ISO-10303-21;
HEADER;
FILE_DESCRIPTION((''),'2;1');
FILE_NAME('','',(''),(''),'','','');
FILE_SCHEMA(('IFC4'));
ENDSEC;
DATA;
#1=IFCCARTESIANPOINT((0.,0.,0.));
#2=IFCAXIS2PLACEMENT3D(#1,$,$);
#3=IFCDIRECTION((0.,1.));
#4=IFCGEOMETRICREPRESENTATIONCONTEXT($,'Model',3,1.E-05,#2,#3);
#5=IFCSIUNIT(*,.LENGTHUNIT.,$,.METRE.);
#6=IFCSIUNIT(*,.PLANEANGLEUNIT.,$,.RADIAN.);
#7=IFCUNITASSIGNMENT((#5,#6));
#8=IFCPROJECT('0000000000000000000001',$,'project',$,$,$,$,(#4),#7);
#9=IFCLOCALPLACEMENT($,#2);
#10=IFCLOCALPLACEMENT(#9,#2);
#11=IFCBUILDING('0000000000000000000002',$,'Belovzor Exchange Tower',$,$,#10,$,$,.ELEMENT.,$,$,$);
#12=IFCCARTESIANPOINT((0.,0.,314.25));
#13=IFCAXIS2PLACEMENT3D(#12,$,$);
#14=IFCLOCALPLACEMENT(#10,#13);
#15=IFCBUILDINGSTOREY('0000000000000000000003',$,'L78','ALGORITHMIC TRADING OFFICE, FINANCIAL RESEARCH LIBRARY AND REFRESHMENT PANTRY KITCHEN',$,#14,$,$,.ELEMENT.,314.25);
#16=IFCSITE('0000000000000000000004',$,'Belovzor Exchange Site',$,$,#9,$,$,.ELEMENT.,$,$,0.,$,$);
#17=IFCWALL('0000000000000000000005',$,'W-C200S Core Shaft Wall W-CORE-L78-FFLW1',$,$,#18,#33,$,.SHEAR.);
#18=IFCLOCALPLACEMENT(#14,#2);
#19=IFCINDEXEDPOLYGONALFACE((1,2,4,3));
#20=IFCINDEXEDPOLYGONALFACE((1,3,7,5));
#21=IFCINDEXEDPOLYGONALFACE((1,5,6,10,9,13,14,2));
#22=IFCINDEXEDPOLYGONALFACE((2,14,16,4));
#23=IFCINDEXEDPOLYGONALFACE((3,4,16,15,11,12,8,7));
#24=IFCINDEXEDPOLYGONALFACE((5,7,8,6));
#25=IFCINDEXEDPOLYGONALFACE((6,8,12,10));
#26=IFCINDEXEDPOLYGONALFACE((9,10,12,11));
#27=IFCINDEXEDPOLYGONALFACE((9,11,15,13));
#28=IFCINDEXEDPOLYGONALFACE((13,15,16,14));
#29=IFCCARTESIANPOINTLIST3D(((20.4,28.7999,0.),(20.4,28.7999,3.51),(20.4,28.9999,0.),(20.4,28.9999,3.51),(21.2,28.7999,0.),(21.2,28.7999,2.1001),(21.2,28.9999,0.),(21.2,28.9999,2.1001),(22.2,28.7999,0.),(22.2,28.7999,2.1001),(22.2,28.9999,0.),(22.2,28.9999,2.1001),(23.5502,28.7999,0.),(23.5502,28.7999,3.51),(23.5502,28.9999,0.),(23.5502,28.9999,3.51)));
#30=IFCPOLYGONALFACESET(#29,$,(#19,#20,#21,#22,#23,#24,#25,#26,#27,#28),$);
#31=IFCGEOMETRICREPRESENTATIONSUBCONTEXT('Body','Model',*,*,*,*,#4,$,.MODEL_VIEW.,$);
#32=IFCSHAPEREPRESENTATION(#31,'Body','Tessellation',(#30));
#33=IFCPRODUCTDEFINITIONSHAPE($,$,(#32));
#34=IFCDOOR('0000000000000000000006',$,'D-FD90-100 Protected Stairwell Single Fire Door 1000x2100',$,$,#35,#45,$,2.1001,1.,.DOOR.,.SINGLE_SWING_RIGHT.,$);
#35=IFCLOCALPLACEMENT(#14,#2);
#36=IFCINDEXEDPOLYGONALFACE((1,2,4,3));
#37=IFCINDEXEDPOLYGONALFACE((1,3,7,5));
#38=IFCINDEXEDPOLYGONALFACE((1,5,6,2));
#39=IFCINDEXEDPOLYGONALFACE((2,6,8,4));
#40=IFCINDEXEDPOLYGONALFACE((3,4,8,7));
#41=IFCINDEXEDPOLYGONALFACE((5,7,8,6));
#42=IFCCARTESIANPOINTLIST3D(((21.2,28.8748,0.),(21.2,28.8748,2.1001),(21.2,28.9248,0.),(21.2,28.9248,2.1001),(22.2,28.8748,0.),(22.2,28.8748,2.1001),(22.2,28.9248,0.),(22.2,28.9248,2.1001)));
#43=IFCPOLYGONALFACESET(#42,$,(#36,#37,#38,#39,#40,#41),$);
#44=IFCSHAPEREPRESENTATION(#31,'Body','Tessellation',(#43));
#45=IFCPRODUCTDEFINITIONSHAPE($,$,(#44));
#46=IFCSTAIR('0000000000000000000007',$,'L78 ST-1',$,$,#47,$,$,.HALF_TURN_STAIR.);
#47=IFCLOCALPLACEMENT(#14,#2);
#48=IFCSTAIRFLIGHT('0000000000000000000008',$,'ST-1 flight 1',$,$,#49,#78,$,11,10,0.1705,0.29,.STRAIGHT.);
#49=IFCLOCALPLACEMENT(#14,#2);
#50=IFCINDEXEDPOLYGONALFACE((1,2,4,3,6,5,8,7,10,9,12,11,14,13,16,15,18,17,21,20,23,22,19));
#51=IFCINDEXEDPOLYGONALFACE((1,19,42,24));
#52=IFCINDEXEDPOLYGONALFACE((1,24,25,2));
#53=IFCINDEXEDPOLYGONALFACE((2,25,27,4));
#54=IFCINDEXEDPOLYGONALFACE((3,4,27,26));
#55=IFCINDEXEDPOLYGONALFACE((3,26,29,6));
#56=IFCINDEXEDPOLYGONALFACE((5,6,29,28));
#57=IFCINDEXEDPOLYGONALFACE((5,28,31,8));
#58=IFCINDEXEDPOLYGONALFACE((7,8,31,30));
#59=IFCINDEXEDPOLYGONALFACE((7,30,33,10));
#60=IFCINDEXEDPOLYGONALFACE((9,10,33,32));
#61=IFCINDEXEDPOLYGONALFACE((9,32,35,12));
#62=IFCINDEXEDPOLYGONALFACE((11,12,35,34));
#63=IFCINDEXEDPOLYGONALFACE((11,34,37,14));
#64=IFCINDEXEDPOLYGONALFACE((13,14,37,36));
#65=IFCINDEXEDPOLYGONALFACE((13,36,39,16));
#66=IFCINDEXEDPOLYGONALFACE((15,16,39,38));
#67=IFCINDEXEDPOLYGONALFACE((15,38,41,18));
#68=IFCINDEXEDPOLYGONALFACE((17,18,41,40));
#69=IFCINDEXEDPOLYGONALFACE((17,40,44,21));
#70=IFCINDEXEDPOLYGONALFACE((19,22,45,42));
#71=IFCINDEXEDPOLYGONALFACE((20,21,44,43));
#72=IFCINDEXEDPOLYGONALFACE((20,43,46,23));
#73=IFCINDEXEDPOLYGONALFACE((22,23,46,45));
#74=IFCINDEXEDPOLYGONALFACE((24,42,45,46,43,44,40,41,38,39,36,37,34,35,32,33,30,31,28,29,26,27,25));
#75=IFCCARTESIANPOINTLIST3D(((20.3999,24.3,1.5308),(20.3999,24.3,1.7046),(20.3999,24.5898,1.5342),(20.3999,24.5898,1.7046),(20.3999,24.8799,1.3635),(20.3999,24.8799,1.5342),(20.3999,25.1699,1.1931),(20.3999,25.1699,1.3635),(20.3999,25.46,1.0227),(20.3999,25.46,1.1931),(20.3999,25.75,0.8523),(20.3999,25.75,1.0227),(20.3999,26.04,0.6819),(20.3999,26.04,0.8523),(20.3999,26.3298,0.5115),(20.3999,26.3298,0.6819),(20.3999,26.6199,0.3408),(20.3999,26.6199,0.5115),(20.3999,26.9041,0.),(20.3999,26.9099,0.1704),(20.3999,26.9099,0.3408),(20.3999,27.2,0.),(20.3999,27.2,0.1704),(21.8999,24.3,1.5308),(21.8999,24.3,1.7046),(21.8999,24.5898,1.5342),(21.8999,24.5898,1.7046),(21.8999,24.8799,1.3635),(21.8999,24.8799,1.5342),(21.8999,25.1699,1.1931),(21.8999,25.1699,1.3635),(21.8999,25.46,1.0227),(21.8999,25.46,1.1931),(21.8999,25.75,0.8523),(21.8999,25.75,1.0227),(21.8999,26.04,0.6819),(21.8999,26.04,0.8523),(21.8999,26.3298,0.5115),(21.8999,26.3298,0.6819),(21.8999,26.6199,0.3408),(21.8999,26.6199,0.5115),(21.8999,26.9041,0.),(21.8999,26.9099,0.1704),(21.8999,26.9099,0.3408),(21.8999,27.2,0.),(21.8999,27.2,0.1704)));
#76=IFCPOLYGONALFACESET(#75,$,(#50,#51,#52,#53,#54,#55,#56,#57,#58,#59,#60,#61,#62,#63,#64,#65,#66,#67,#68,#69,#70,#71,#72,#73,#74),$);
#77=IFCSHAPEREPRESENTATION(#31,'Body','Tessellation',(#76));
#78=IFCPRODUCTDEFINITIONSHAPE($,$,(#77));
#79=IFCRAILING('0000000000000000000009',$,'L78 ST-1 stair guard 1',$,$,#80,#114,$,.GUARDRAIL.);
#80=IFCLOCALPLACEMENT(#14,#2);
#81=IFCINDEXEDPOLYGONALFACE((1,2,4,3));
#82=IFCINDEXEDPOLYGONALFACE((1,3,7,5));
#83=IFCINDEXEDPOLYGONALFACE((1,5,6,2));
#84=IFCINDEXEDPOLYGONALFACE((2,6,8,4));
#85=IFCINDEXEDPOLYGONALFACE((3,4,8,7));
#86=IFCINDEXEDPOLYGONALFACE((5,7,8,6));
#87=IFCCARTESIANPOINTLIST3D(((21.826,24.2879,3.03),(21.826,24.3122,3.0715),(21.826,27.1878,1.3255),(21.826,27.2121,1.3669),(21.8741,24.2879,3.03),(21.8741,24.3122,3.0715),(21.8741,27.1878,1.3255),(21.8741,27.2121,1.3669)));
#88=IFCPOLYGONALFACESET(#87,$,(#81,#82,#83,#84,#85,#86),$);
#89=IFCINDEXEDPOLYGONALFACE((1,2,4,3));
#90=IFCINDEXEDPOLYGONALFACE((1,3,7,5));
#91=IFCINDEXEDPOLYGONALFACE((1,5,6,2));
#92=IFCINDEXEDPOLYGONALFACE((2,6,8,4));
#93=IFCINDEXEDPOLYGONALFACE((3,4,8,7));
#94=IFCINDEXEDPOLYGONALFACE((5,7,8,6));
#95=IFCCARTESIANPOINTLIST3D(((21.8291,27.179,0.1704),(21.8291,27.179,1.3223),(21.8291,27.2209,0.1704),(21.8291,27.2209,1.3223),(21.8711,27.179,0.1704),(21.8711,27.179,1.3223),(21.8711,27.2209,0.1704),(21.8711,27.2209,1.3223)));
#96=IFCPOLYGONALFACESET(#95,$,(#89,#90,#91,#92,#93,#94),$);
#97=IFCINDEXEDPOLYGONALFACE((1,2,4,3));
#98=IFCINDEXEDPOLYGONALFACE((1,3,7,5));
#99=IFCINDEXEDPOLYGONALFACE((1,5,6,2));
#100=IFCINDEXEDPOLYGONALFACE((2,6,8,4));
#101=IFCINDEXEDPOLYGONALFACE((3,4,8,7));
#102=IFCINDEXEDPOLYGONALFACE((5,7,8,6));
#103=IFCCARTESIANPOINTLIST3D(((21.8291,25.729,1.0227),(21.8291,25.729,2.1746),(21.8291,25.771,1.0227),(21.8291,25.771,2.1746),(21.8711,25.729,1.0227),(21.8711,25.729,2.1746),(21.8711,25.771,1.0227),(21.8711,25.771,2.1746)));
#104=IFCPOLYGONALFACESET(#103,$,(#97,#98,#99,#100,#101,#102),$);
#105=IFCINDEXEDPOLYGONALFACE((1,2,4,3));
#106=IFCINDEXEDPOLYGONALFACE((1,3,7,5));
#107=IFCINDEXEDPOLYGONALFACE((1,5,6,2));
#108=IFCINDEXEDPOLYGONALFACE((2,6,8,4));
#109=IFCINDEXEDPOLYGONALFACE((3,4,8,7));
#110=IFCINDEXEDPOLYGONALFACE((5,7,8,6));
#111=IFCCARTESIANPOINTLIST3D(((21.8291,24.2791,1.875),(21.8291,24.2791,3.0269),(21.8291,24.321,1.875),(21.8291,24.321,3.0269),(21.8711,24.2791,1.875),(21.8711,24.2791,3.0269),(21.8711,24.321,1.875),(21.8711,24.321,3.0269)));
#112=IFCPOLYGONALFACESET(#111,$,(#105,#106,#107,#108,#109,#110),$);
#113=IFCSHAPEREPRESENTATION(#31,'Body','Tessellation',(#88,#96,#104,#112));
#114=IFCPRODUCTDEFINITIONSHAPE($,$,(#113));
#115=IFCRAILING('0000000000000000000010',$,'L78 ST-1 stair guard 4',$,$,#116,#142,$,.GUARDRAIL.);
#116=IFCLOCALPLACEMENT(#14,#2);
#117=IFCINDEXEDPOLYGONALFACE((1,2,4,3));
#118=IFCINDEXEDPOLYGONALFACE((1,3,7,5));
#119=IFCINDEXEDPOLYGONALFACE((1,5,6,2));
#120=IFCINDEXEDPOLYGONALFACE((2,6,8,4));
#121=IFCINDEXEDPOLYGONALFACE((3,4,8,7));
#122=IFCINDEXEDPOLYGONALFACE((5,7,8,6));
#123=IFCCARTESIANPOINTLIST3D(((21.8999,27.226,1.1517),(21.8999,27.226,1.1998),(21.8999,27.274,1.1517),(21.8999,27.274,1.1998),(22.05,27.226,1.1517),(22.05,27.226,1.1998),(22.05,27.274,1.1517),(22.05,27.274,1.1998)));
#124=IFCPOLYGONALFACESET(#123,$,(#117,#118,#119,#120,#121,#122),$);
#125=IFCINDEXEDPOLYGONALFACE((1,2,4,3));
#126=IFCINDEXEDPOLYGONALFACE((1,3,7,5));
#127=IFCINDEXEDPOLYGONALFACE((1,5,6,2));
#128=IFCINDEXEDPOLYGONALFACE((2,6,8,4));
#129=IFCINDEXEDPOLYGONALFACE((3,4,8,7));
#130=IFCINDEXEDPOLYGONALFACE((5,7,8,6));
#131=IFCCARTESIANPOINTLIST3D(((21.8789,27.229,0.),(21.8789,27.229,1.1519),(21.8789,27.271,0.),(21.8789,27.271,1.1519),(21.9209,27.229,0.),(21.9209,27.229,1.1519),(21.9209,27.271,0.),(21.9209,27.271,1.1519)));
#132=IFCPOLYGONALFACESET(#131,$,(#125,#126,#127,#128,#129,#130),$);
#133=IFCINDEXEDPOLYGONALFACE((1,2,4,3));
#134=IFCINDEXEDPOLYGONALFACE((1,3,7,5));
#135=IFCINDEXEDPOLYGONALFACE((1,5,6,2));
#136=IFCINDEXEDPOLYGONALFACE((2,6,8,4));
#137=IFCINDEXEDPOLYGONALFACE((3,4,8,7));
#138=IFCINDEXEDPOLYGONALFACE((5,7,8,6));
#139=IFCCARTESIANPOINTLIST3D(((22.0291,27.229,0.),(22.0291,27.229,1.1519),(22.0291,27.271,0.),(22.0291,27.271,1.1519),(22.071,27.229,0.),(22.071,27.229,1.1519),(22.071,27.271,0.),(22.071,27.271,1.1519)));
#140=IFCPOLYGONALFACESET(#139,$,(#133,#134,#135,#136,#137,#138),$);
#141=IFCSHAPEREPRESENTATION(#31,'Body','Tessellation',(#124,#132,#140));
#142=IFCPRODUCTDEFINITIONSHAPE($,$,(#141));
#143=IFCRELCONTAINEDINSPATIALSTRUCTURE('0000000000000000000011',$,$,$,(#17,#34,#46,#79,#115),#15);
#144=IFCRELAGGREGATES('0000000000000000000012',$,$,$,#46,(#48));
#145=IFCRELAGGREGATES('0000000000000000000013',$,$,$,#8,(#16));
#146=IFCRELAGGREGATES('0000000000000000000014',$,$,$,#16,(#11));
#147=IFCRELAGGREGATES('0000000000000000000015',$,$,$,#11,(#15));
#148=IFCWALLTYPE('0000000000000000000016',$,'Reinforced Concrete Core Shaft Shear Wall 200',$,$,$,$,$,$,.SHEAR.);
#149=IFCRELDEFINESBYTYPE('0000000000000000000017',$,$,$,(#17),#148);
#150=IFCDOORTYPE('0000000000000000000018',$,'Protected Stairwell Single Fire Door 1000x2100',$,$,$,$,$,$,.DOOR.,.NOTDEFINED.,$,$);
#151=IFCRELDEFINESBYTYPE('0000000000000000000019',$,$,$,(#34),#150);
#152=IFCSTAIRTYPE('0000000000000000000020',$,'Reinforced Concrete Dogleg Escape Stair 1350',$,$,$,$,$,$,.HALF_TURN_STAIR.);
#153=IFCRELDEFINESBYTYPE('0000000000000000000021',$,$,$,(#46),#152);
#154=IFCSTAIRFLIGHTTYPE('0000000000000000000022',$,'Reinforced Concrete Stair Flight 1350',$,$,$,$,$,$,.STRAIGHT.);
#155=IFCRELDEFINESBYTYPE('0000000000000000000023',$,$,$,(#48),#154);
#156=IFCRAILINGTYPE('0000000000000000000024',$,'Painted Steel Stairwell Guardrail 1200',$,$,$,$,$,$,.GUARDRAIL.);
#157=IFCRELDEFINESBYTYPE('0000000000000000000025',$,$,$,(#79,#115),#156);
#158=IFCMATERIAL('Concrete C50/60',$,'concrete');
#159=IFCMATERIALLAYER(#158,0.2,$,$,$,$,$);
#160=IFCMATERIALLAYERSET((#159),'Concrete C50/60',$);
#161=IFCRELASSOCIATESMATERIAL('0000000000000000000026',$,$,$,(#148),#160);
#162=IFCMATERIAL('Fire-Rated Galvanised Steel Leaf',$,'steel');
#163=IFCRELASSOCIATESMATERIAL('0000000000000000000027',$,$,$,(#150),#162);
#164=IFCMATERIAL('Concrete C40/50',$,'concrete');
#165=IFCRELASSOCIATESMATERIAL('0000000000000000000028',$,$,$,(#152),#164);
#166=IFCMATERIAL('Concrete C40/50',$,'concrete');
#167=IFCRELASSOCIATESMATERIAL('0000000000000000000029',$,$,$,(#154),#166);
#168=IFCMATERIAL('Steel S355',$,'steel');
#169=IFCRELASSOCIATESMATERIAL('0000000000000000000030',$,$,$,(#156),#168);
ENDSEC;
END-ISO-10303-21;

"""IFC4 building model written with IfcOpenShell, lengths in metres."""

from ifc_helpers import new_model, si_unit, direction, frame, frame_2d, origin, origin_2d, place, context, subcontext, project, spatial, polyline, rectangle, outline, extrude, material, layer, layer_set, type_object, element, fill, aggregate, save


model = new_model("IFC4")

# Units and contexts
model_context = context("Model", 3, precision=1e-05, world=origin(), true_north=direction((0.0, 1.0)))
body_context = subcontext(model_context, "Body", "Model", "MODEL_VIEW")
ifc_project = project(units=[si_unit("LENGTHUNIT", "METRE"), si_unit("PLANEANGLEUNIT", "RADIAN")], contexts=[model_context])

# Site, building, storey
site_placement = place(None, origin())
site = spatial("IfcSite", under=ifc_project, at=site_placement, Name="Belovzor Exchange Site", CompositionType="ELEMENT", RefElevation=0.0)
building_placement = place(site_placement, origin())
building = spatial("IfcBuilding", under=site, at=building_placement, Name="Belovzor Exchange Tower", CompositionType="ELEMENT")
storey_placement = place(building_placement, frame((0.0, 0.0, 314.25)))
storey = spatial("IfcBuildingStorey", under=building, at=storey_placement, Name="L78", Description="ALGORITHMIC TRADING OFFICE, FINANCIAL RESEARCH LIBRARY AND REFRESHMENT PANTRY KITCHEN", CompositionType="ELEMENT", Elevation=314.25)

# Wall, opening, door
ifc_material_1 = material(Name="Concrete C50/60", Category="concrete")
ifc_layer_1 = layer(ifc_material_1, 0.2)
ifc_layer_set_1 = layer_set([ifc_layer_1], Name="Concrete C50/60")
wall_type_1 = type_object("IfcWallType", Name="Reinforced Concrete Core Shaft Shear Wall 200", PredefinedType="SHEAR", material=ifc_layer_set_1)
wall_1_placement = place(storey_placement, frame((20.3999, 28.8999, 0.0), z_axis=(0.0, 0.0, 1.0), x_axis=(1.0, 0.0, 0.0)))
wall_1 = element("IfcWall", 1, at=wall_1_placement, inside=storey, type_object=wall_type_1, Name="W-C200S Core Shaft Wall W-CORE-L78-FFLW1", PredefinedType="SHEAR", context=body_context, shape_type="SweptSolid", body=[
    extrude(rectangle(XDim=3.1501, YDim=0.2, at=frame_2d((1.5752, 0.0))), origin(), (0.0, 0.0, 1.0), 3.51),
])
opening_1_placement = place(wall_1_placement, frame((0.8, 0.0, 0.0)))
opening_1 = element("IfcOpeningElement", 2, at=opening_1_placement, cuts=wall_1, PredefinedType="OPENING", context=body_context, shape_type="SweptSolid", body=[
    extrude(rectangle(XDim=1.0, YDim=2.1001, at=frame_2d((0.5, 1.05))), frame((0.0, 0.1099, 0.0), z_axis=(0.0, -1.0, 0.0), x_axis=(1.0, 0.0, 0.0)), (0.0, 0.0, 1.0), 0.22),
])
ifc_material_2 = material(Name="Fire-Rated Galvanised Steel Leaf", Category="steel")
door_type_1 = type_object("IfcDoorType", Name="Protected Stairwell Single Fire Door 1000x2100", OperationType="NOTDEFINED", PredefinedType="DOOR", material=ifc_material_2)
door_1_placement = place(opening_1_placement, origin())
door_1 = element("IfcDoor", 3, at=door_1_placement, inside=storey, type_object=door_type_1, Name="D-FD90-100 Protected Stairwell Single Fire Door 1000x2100", OperationType="SINGLE_SWING_RIGHT", OverallHeight=2.1001, OverallWidth=1.0, PredefinedType="DOOR", context=body_context, shape_type="SweptSolid", body=[
    extrude(rectangle(XDim=1.0, YDim=2.1001, at=frame_2d((0.5, 1.05))), frame((0.0, 0.0249, 0.0), z_axis=(0.0, -1.0, 0.0), x_axis=(1.0, 0.0, 0.0)), (0.0, 0.0, 1.0), 0.05),
])
fill(opening_1, door_1)

# Stair, stair flight
ifc_material_3 = material(Name="Concrete C40/50", Category="concrete")
stair_type = type_object("IfcStairType", Name="Reinforced Concrete Dogleg Escape Stair 1350", PredefinedType="HALF_TURN_STAIR", material=ifc_material_3)
stair_placement = place(storey_placement, origin())
stair = element("IfcStair", 4, at=stair_placement, inside=storey, type_object=stair_type, Name="L78 ST-1", PredefinedType="HALF_TURN_STAIR")
ifc_material_4 = material(Name="Concrete C40/50", Category="concrete")
stair_flight_type = type_object("IfcStairFlightType", Name="Reinforced Concrete Stair Flight 1350", PredefinedType="STRAIGHT", material=ifc_material_4)
stair_flight_placement = place(storey_placement, frame((21.1499, 27.2, 0.0), z_axis=(0.0, 0.0, 1.0), x_axis=(0.0, -1.0, 0.0)))
stair_flight = element("IfcStairFlight", 5, at=stair_flight_placement, type_object=stair_flight_type, Name="ST-1 flight 1", NumberOfRisers=11, NumberOfTreads=10, PredefinedType="STRAIGHT", RiserHeight=0.1705, TreadLength=0.29, context=body_context, shape_type="SweptSolid", body=[
    extrude(outline(polyline([(0.0, 0.0), (0.0, 0.1704), (0.29, 0.1704), (0.29, 0.3408), (0.5801, 0.3408), (0.5801, 0.5115), (0.8701, 0.5115), (0.8701, 0.6819), (1.1599, 0.6819), (1.1599, 0.8523), (1.45, 0.8523), (1.45, 1.0227), (1.74, 1.0227), (1.74, 1.1931), (2.03, 1.1931), (2.03, 1.3635), (2.3201, 1.3635), (2.3201, 1.5342), (2.6101, 1.5342), (2.6101, 1.7046), (2.8999, 1.7046), (2.8999, 1.875), (2.8999, 1.5308), (0.2959, 0.0), (0.0, 0.0)])), frame((0.0, 0.75, 0.0), z_axis=(0.0, -1.0, 0.0), x_axis=(1.0, 0.0, 0.0)), (0.0, 0.0, 1.0), 1.5),
])
aggregate(stair, [stair_flight])

# Railings
ifc_material_5 = material(Name="Steel S355", Category="steel")
railing_type = type_object("IfcRailingType", Name="Painted Steel Stairwell Guardrail 1200", PredefinedType="GUARDRAIL", material=ifc_material_5)
railing_1_placement = place(storey_placement, frame((21.8501, 27.2, 0.1704)))
element("IfcRailing", 6, at=railing_1_placement, inside=storey, type_object=railing_type, Name="L78 ST-1 stair guard 1", PredefinedType="GUARDRAIL", context=body_context, shape_type="SweptSolid", body=[
    extrude(rectangle(XDim=0.0481, YDim=0.0481, at=origin_2d()), frame((0.0, 0.0, 1.1758), z_axis=(0.0, -0.862095, 0.506747), x_axis=(1.0, 0.0, 0.0)), (0.0, 0.0, 1.0), 3.3638),
    extrude(rectangle(XDim=0.042, YDim=0.042, at=origin_2d()), origin(), (0.0, 0.0, 1.0), 1.1519),
    extrude(rectangle(XDim=0.042, YDim=0.042, at=origin_2d()), frame((0.0, -1.45, 0.8523)), (0.0, 0.0, 1.0), 1.1519),
    extrude(rectangle(XDim=0.042, YDim=0.042, at=origin_2d()), frame((0.0, -2.8999, 1.7046)), (0.0, 0.0, 1.0), 1.1519),
])
railing_2_placement = place(storey_placement, frame((21.8999, 27.25, 0.0)))
element("IfcRailing", 7, at=railing_2_placement, inside=storey, type_object=railing_type, Name="L78 ST-1 stair guard 4", PredefinedType="GUARDRAIL", context=body_context, shape_type="SweptSolid", body=[
    extrude(rectangle(XDim=0.0481, YDim=0.0481, at=origin_2d()), frame((0.0, 0.0, 1.1758), z_axis=(1.0, 0.0, 0.0), x_axis=(0.0, 1.0, 0.0)), (0.0, 0.0, 1.0), 0.1501),
    extrude(rectangle(XDim=0.042, YDim=0.042, at=origin_2d()), origin(), (0.0, 0.0, 1.0), 1.1519),
    extrude(rectangle(XDim=0.042, YDim=0.042, at=origin_2d()), frame((0.1501, 0.0, 0.0)), (0.0, 0.0, 1.0), 1.1519),
])

save(model, "model.ifc")
